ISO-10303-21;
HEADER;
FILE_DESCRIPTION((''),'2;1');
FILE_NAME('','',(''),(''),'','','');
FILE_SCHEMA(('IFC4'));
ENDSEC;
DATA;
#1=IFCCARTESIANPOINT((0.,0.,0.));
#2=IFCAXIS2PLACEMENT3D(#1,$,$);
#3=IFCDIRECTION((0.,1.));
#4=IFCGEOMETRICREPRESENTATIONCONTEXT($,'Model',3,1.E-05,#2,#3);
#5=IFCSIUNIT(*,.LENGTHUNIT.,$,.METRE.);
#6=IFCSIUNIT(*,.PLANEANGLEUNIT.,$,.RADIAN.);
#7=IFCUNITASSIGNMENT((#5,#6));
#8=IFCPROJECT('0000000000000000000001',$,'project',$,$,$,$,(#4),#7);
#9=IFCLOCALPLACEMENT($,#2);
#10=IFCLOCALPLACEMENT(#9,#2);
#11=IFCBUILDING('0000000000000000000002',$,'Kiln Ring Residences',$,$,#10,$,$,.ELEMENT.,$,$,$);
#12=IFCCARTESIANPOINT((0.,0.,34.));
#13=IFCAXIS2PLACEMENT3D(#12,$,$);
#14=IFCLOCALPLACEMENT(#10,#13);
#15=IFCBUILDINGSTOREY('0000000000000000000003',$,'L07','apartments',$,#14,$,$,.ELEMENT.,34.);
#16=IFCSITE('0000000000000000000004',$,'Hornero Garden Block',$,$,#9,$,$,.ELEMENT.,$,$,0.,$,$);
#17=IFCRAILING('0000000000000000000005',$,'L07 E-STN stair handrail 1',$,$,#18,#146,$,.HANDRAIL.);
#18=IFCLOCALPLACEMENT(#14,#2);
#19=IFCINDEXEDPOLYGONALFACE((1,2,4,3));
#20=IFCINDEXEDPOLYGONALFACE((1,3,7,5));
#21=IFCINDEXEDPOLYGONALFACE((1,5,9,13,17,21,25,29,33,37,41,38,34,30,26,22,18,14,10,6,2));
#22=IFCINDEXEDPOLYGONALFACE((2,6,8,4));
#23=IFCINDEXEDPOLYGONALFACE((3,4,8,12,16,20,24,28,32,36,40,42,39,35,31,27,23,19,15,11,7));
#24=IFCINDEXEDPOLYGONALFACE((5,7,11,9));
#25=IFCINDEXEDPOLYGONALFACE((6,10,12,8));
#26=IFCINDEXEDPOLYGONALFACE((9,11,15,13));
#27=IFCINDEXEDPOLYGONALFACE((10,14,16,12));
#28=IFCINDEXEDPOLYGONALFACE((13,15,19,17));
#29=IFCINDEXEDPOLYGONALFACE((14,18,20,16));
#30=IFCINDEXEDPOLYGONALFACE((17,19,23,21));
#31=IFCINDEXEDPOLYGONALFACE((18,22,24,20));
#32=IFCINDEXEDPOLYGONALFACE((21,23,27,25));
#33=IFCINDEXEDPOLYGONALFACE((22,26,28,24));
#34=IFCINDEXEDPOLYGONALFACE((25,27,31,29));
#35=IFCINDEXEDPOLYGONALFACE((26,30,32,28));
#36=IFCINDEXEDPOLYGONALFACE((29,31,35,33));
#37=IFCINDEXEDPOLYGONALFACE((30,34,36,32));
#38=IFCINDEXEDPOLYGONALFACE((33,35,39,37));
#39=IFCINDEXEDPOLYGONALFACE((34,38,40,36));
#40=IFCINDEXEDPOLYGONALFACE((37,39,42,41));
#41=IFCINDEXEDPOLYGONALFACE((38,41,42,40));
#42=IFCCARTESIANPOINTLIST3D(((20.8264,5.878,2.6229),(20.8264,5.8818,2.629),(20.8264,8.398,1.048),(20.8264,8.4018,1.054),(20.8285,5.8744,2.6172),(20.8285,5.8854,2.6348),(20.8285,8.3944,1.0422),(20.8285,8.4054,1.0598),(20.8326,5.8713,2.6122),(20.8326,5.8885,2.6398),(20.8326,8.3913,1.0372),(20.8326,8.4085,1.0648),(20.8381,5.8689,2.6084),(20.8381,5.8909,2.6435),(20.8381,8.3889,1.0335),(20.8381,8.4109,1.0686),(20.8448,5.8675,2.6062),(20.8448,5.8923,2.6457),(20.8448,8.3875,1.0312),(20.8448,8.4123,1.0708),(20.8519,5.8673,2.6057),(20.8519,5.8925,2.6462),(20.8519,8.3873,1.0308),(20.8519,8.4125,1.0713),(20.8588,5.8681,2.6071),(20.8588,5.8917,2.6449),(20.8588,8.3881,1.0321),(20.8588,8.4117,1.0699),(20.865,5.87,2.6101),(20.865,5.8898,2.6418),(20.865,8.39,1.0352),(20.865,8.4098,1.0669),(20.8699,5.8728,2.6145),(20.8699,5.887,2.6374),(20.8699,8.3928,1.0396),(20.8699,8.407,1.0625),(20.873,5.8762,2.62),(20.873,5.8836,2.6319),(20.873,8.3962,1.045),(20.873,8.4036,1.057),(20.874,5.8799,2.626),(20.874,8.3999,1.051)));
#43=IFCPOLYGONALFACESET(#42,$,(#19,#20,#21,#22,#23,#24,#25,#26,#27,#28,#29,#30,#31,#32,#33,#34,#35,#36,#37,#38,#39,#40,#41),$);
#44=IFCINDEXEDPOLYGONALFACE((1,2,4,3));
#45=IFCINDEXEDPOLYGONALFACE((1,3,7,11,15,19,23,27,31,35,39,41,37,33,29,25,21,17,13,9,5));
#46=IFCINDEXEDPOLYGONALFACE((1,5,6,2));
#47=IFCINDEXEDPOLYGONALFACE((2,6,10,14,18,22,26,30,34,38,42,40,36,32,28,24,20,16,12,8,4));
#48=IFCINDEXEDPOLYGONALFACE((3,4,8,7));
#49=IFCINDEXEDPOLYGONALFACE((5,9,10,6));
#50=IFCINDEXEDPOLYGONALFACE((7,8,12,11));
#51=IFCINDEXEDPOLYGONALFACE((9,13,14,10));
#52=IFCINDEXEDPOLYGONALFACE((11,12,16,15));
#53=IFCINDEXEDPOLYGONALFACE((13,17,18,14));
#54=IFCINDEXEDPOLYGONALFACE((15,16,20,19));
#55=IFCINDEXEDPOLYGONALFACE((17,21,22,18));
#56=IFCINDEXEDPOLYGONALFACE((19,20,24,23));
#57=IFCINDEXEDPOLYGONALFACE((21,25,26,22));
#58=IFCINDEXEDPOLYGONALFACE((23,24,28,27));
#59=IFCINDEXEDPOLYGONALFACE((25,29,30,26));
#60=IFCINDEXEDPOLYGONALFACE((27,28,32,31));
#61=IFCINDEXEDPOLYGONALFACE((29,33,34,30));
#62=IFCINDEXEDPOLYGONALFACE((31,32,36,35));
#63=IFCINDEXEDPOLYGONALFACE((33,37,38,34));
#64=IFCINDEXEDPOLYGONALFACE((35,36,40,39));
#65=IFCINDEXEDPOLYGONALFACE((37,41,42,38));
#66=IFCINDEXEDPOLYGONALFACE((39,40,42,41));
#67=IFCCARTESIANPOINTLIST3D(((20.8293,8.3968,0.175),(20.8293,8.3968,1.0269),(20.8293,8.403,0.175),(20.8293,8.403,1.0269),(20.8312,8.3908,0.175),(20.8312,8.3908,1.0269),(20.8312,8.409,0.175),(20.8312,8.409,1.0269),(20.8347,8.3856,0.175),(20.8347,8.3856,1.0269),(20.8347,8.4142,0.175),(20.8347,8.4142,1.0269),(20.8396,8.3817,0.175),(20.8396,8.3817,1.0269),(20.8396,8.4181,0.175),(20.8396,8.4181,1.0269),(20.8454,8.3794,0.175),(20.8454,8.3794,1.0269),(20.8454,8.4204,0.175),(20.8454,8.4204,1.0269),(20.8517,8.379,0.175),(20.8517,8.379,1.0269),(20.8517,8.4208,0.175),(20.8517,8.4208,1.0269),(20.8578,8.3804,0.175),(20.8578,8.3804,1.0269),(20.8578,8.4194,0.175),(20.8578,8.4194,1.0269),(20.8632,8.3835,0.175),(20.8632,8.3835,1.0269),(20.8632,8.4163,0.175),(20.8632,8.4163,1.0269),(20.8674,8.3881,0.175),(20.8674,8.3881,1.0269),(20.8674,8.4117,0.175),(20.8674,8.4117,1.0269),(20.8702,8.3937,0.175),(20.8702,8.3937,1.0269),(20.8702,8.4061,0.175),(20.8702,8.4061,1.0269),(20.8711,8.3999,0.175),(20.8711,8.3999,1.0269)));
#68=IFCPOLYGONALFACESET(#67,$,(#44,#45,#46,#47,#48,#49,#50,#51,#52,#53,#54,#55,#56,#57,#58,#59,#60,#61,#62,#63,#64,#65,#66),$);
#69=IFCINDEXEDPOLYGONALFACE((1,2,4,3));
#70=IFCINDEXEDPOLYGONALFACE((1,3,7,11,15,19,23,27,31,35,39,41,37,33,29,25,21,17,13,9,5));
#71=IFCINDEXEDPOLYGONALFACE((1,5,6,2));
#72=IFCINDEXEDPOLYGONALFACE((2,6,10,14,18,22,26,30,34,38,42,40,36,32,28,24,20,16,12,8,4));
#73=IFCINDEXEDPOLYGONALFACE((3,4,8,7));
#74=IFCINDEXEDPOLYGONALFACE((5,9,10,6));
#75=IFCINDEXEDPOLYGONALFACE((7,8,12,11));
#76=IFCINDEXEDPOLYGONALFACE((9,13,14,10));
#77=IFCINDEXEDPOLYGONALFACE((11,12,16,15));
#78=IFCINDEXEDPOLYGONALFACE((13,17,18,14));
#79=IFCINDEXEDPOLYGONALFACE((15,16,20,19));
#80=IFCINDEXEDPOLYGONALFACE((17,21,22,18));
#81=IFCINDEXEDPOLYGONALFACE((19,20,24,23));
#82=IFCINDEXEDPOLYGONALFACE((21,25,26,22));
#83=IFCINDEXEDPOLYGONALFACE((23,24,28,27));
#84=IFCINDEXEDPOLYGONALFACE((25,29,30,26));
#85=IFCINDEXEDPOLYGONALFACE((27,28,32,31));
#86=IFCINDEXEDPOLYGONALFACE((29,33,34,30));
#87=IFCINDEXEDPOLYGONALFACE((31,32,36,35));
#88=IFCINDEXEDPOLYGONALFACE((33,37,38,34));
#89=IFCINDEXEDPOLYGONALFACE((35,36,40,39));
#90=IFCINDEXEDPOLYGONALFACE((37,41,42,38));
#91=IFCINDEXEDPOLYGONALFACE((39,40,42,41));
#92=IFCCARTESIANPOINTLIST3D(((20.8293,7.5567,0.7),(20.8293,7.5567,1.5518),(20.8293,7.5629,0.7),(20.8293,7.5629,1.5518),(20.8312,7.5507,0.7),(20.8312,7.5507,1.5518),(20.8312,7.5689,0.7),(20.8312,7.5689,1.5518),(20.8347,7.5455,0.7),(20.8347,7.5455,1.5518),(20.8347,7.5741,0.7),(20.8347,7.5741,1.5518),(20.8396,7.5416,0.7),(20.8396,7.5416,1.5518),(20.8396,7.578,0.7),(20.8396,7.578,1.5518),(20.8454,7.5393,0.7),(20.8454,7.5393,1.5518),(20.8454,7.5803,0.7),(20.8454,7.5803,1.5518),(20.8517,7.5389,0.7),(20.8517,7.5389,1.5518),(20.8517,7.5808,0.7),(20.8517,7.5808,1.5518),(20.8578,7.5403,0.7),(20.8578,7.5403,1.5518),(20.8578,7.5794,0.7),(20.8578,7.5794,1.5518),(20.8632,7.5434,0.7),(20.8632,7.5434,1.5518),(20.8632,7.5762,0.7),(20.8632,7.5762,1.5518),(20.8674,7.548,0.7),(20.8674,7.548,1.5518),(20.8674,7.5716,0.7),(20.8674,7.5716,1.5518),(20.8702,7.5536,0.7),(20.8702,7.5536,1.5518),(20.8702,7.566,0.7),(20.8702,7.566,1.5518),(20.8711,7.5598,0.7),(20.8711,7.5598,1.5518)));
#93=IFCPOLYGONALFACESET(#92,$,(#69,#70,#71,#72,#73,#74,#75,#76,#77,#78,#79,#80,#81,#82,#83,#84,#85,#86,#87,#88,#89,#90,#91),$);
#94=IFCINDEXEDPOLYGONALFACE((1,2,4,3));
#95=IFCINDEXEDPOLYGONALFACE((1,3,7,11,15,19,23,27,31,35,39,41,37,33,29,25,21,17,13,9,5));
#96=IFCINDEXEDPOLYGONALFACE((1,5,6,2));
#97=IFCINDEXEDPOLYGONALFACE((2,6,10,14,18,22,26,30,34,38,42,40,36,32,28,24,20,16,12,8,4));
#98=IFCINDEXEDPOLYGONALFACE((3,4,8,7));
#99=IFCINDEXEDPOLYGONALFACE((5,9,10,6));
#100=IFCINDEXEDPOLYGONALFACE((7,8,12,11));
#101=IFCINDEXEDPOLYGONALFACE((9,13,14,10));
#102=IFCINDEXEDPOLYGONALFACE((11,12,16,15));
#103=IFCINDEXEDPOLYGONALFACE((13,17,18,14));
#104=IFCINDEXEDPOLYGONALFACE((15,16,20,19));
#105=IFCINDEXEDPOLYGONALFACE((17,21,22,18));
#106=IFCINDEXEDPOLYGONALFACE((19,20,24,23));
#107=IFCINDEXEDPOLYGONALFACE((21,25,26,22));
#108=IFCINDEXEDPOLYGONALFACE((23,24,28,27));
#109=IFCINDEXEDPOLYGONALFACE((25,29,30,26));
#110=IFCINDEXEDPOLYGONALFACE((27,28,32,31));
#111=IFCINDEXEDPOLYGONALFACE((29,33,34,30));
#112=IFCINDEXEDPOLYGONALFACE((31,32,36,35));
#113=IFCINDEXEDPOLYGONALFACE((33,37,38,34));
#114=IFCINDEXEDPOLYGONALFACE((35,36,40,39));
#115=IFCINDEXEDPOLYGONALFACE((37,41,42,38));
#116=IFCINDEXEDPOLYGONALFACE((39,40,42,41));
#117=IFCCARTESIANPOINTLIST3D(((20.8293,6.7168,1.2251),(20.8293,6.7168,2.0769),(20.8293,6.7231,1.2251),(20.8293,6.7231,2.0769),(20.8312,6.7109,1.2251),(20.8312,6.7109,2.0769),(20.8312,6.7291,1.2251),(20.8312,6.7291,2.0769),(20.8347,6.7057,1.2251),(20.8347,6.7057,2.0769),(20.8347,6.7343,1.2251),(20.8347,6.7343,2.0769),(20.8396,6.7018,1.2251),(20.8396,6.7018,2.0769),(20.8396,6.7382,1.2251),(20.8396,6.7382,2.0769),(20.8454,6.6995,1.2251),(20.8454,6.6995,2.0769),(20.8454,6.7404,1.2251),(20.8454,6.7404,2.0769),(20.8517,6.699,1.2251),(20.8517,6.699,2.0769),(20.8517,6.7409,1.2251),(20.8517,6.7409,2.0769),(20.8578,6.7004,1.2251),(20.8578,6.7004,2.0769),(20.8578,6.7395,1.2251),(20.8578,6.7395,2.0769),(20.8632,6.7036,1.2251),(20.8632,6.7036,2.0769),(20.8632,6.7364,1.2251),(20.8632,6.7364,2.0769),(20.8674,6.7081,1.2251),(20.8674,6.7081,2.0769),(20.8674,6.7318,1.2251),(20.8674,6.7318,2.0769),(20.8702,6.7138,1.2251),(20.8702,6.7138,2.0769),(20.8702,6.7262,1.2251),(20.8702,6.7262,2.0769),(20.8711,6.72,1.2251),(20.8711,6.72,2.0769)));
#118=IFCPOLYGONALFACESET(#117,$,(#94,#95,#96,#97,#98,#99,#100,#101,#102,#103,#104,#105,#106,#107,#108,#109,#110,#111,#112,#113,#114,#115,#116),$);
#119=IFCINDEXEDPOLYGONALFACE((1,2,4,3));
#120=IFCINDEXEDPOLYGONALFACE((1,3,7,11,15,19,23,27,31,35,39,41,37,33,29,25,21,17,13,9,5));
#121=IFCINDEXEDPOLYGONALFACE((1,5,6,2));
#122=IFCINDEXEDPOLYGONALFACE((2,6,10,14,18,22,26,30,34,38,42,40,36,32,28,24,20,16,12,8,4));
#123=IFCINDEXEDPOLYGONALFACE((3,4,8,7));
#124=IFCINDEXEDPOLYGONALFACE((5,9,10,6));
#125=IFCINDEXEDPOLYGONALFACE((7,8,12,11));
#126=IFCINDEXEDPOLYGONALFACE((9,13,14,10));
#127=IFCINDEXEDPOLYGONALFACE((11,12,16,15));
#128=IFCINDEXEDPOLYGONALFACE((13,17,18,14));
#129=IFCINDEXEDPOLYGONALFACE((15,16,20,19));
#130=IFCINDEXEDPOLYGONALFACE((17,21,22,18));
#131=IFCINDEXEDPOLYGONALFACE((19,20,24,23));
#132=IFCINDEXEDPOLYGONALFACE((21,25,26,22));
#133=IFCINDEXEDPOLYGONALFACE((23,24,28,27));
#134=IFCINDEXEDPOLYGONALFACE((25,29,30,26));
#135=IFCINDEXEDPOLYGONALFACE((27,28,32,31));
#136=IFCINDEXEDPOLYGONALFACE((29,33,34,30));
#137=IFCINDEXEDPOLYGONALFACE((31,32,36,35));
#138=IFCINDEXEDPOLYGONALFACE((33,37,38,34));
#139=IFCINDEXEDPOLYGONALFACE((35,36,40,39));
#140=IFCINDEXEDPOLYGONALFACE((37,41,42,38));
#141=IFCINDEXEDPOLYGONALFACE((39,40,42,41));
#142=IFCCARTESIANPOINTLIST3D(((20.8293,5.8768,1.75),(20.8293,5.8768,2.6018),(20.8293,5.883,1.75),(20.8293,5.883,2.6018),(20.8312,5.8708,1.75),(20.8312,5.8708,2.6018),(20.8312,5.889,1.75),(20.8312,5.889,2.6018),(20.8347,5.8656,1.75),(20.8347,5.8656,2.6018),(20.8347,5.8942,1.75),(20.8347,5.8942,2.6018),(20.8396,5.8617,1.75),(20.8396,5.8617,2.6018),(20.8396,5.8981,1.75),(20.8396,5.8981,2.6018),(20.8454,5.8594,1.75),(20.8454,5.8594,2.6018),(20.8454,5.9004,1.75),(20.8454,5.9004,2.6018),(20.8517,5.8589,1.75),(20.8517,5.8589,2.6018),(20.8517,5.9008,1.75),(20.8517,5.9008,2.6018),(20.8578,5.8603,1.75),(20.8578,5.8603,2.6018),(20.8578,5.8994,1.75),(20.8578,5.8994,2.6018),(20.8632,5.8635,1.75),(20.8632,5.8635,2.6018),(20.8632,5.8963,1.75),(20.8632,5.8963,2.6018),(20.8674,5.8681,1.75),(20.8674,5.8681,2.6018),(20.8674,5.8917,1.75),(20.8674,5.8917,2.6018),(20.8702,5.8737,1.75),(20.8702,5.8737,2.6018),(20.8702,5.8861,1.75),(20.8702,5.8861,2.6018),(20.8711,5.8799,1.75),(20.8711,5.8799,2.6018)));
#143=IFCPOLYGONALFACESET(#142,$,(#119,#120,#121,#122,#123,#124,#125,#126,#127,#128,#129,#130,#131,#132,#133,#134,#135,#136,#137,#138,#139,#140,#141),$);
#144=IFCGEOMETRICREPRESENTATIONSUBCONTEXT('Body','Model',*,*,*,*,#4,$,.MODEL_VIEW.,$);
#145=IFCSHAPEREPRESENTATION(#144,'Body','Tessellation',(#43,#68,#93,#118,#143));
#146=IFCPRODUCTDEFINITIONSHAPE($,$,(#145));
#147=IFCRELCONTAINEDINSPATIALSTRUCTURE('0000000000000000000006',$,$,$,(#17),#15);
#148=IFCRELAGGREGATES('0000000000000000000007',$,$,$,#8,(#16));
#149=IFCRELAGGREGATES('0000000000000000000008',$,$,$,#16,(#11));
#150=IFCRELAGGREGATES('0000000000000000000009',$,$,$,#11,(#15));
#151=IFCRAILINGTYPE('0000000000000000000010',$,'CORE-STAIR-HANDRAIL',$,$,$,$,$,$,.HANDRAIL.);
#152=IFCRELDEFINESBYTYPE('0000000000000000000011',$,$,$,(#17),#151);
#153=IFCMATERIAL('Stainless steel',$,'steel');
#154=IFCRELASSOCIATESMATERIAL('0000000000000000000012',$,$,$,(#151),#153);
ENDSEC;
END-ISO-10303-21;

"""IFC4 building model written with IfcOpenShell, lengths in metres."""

from ifc_helpers import new_model, si_unit, direction, frame, origin, origin_2d, place, context, subcontext, project, spatial, circle, extrude, material, type_object, element, save


model = new_model("IFC4")

# Units and contexts
model_context = context("Model", 3, precision=1e-05, world=origin(), true_north=direction((0.0, 1.0)))
body_context = subcontext(model_context, "Body", "Model", "MODEL_VIEW")
ifc_project = project(units=[si_unit("LENGTHUNIT", "METRE"), si_unit("PLANEANGLEUNIT", "RADIAN")], contexts=[model_context])

# Site, building, storey
site_placement = place(None, origin())
site = spatial("IfcSite", under=ifc_project, at=site_placement, Name="Hornero Garden Block", CompositionType="ELEMENT", RefElevation=0.0)
building_placement = place(site_placement, origin())
building = spatial("IfcBuilding", under=site, at=building_placement, Name="Kiln Ring Residences", CompositionType="ELEMENT")
storey_placement = place(building_placement, frame((0.0, 0.0, 34.0)))
storey = spatial("IfcBuildingStorey", under=building, at=storey_placement, Name="L07", Description="apartments", CompositionType="ELEMENT", Elevation=34.0)

# Railing
ifc_material_1 = material(Name="Stainless steel", Category="steel")
railing_type_1 = type_object("IfcRailingType", Name="CORE-STAIR-HANDRAIL", PredefinedType="HANDRAIL", material=ifc_material_1)
railing_1_placement = place(storey_placement, frame((20.8501, 8.3999, 0.175)))
element("IfcRailing", 1, at=railing_1_placement, inside=storey, type_object=railing_type_1, Name="L07 E-STN stair handrail 1", PredefinedType="HANDRAIL", context=body_context, shape_type="SweptSolid", body=[
    extrude(circle(Radius=0.0239, at=origin_2d()), frame((0.0, 0.0, 0.876), z_axis=(0.0, -0.848008, 0.529984), x_axis=(1.0, 0.0, 0.0)), (0.0, 0.0, 1.0), 2.9717),
    extrude(circle(Radius=0.021, at=origin_2d()), origin(), (0.0, 0.0, 1.0), 0.8518),
    extrude(circle(Radius=0.021, at=origin_2d()), frame((0.0, -0.8401, 0.5249)), (0.0, 0.0, 1.0), 0.8518),
    extrude(circle(Radius=0.021, at=origin_2d()), frame((0.0, -1.6799, 1.05)), (0.0, 0.0, 1.0), 0.8518),
    extrude(circle(Radius=0.021, at=origin_2d()), frame((0.0, -2.52, 1.575)), (0.0, 0.0, 1.0), 0.8518),
])

save(model, "model.ifc")
